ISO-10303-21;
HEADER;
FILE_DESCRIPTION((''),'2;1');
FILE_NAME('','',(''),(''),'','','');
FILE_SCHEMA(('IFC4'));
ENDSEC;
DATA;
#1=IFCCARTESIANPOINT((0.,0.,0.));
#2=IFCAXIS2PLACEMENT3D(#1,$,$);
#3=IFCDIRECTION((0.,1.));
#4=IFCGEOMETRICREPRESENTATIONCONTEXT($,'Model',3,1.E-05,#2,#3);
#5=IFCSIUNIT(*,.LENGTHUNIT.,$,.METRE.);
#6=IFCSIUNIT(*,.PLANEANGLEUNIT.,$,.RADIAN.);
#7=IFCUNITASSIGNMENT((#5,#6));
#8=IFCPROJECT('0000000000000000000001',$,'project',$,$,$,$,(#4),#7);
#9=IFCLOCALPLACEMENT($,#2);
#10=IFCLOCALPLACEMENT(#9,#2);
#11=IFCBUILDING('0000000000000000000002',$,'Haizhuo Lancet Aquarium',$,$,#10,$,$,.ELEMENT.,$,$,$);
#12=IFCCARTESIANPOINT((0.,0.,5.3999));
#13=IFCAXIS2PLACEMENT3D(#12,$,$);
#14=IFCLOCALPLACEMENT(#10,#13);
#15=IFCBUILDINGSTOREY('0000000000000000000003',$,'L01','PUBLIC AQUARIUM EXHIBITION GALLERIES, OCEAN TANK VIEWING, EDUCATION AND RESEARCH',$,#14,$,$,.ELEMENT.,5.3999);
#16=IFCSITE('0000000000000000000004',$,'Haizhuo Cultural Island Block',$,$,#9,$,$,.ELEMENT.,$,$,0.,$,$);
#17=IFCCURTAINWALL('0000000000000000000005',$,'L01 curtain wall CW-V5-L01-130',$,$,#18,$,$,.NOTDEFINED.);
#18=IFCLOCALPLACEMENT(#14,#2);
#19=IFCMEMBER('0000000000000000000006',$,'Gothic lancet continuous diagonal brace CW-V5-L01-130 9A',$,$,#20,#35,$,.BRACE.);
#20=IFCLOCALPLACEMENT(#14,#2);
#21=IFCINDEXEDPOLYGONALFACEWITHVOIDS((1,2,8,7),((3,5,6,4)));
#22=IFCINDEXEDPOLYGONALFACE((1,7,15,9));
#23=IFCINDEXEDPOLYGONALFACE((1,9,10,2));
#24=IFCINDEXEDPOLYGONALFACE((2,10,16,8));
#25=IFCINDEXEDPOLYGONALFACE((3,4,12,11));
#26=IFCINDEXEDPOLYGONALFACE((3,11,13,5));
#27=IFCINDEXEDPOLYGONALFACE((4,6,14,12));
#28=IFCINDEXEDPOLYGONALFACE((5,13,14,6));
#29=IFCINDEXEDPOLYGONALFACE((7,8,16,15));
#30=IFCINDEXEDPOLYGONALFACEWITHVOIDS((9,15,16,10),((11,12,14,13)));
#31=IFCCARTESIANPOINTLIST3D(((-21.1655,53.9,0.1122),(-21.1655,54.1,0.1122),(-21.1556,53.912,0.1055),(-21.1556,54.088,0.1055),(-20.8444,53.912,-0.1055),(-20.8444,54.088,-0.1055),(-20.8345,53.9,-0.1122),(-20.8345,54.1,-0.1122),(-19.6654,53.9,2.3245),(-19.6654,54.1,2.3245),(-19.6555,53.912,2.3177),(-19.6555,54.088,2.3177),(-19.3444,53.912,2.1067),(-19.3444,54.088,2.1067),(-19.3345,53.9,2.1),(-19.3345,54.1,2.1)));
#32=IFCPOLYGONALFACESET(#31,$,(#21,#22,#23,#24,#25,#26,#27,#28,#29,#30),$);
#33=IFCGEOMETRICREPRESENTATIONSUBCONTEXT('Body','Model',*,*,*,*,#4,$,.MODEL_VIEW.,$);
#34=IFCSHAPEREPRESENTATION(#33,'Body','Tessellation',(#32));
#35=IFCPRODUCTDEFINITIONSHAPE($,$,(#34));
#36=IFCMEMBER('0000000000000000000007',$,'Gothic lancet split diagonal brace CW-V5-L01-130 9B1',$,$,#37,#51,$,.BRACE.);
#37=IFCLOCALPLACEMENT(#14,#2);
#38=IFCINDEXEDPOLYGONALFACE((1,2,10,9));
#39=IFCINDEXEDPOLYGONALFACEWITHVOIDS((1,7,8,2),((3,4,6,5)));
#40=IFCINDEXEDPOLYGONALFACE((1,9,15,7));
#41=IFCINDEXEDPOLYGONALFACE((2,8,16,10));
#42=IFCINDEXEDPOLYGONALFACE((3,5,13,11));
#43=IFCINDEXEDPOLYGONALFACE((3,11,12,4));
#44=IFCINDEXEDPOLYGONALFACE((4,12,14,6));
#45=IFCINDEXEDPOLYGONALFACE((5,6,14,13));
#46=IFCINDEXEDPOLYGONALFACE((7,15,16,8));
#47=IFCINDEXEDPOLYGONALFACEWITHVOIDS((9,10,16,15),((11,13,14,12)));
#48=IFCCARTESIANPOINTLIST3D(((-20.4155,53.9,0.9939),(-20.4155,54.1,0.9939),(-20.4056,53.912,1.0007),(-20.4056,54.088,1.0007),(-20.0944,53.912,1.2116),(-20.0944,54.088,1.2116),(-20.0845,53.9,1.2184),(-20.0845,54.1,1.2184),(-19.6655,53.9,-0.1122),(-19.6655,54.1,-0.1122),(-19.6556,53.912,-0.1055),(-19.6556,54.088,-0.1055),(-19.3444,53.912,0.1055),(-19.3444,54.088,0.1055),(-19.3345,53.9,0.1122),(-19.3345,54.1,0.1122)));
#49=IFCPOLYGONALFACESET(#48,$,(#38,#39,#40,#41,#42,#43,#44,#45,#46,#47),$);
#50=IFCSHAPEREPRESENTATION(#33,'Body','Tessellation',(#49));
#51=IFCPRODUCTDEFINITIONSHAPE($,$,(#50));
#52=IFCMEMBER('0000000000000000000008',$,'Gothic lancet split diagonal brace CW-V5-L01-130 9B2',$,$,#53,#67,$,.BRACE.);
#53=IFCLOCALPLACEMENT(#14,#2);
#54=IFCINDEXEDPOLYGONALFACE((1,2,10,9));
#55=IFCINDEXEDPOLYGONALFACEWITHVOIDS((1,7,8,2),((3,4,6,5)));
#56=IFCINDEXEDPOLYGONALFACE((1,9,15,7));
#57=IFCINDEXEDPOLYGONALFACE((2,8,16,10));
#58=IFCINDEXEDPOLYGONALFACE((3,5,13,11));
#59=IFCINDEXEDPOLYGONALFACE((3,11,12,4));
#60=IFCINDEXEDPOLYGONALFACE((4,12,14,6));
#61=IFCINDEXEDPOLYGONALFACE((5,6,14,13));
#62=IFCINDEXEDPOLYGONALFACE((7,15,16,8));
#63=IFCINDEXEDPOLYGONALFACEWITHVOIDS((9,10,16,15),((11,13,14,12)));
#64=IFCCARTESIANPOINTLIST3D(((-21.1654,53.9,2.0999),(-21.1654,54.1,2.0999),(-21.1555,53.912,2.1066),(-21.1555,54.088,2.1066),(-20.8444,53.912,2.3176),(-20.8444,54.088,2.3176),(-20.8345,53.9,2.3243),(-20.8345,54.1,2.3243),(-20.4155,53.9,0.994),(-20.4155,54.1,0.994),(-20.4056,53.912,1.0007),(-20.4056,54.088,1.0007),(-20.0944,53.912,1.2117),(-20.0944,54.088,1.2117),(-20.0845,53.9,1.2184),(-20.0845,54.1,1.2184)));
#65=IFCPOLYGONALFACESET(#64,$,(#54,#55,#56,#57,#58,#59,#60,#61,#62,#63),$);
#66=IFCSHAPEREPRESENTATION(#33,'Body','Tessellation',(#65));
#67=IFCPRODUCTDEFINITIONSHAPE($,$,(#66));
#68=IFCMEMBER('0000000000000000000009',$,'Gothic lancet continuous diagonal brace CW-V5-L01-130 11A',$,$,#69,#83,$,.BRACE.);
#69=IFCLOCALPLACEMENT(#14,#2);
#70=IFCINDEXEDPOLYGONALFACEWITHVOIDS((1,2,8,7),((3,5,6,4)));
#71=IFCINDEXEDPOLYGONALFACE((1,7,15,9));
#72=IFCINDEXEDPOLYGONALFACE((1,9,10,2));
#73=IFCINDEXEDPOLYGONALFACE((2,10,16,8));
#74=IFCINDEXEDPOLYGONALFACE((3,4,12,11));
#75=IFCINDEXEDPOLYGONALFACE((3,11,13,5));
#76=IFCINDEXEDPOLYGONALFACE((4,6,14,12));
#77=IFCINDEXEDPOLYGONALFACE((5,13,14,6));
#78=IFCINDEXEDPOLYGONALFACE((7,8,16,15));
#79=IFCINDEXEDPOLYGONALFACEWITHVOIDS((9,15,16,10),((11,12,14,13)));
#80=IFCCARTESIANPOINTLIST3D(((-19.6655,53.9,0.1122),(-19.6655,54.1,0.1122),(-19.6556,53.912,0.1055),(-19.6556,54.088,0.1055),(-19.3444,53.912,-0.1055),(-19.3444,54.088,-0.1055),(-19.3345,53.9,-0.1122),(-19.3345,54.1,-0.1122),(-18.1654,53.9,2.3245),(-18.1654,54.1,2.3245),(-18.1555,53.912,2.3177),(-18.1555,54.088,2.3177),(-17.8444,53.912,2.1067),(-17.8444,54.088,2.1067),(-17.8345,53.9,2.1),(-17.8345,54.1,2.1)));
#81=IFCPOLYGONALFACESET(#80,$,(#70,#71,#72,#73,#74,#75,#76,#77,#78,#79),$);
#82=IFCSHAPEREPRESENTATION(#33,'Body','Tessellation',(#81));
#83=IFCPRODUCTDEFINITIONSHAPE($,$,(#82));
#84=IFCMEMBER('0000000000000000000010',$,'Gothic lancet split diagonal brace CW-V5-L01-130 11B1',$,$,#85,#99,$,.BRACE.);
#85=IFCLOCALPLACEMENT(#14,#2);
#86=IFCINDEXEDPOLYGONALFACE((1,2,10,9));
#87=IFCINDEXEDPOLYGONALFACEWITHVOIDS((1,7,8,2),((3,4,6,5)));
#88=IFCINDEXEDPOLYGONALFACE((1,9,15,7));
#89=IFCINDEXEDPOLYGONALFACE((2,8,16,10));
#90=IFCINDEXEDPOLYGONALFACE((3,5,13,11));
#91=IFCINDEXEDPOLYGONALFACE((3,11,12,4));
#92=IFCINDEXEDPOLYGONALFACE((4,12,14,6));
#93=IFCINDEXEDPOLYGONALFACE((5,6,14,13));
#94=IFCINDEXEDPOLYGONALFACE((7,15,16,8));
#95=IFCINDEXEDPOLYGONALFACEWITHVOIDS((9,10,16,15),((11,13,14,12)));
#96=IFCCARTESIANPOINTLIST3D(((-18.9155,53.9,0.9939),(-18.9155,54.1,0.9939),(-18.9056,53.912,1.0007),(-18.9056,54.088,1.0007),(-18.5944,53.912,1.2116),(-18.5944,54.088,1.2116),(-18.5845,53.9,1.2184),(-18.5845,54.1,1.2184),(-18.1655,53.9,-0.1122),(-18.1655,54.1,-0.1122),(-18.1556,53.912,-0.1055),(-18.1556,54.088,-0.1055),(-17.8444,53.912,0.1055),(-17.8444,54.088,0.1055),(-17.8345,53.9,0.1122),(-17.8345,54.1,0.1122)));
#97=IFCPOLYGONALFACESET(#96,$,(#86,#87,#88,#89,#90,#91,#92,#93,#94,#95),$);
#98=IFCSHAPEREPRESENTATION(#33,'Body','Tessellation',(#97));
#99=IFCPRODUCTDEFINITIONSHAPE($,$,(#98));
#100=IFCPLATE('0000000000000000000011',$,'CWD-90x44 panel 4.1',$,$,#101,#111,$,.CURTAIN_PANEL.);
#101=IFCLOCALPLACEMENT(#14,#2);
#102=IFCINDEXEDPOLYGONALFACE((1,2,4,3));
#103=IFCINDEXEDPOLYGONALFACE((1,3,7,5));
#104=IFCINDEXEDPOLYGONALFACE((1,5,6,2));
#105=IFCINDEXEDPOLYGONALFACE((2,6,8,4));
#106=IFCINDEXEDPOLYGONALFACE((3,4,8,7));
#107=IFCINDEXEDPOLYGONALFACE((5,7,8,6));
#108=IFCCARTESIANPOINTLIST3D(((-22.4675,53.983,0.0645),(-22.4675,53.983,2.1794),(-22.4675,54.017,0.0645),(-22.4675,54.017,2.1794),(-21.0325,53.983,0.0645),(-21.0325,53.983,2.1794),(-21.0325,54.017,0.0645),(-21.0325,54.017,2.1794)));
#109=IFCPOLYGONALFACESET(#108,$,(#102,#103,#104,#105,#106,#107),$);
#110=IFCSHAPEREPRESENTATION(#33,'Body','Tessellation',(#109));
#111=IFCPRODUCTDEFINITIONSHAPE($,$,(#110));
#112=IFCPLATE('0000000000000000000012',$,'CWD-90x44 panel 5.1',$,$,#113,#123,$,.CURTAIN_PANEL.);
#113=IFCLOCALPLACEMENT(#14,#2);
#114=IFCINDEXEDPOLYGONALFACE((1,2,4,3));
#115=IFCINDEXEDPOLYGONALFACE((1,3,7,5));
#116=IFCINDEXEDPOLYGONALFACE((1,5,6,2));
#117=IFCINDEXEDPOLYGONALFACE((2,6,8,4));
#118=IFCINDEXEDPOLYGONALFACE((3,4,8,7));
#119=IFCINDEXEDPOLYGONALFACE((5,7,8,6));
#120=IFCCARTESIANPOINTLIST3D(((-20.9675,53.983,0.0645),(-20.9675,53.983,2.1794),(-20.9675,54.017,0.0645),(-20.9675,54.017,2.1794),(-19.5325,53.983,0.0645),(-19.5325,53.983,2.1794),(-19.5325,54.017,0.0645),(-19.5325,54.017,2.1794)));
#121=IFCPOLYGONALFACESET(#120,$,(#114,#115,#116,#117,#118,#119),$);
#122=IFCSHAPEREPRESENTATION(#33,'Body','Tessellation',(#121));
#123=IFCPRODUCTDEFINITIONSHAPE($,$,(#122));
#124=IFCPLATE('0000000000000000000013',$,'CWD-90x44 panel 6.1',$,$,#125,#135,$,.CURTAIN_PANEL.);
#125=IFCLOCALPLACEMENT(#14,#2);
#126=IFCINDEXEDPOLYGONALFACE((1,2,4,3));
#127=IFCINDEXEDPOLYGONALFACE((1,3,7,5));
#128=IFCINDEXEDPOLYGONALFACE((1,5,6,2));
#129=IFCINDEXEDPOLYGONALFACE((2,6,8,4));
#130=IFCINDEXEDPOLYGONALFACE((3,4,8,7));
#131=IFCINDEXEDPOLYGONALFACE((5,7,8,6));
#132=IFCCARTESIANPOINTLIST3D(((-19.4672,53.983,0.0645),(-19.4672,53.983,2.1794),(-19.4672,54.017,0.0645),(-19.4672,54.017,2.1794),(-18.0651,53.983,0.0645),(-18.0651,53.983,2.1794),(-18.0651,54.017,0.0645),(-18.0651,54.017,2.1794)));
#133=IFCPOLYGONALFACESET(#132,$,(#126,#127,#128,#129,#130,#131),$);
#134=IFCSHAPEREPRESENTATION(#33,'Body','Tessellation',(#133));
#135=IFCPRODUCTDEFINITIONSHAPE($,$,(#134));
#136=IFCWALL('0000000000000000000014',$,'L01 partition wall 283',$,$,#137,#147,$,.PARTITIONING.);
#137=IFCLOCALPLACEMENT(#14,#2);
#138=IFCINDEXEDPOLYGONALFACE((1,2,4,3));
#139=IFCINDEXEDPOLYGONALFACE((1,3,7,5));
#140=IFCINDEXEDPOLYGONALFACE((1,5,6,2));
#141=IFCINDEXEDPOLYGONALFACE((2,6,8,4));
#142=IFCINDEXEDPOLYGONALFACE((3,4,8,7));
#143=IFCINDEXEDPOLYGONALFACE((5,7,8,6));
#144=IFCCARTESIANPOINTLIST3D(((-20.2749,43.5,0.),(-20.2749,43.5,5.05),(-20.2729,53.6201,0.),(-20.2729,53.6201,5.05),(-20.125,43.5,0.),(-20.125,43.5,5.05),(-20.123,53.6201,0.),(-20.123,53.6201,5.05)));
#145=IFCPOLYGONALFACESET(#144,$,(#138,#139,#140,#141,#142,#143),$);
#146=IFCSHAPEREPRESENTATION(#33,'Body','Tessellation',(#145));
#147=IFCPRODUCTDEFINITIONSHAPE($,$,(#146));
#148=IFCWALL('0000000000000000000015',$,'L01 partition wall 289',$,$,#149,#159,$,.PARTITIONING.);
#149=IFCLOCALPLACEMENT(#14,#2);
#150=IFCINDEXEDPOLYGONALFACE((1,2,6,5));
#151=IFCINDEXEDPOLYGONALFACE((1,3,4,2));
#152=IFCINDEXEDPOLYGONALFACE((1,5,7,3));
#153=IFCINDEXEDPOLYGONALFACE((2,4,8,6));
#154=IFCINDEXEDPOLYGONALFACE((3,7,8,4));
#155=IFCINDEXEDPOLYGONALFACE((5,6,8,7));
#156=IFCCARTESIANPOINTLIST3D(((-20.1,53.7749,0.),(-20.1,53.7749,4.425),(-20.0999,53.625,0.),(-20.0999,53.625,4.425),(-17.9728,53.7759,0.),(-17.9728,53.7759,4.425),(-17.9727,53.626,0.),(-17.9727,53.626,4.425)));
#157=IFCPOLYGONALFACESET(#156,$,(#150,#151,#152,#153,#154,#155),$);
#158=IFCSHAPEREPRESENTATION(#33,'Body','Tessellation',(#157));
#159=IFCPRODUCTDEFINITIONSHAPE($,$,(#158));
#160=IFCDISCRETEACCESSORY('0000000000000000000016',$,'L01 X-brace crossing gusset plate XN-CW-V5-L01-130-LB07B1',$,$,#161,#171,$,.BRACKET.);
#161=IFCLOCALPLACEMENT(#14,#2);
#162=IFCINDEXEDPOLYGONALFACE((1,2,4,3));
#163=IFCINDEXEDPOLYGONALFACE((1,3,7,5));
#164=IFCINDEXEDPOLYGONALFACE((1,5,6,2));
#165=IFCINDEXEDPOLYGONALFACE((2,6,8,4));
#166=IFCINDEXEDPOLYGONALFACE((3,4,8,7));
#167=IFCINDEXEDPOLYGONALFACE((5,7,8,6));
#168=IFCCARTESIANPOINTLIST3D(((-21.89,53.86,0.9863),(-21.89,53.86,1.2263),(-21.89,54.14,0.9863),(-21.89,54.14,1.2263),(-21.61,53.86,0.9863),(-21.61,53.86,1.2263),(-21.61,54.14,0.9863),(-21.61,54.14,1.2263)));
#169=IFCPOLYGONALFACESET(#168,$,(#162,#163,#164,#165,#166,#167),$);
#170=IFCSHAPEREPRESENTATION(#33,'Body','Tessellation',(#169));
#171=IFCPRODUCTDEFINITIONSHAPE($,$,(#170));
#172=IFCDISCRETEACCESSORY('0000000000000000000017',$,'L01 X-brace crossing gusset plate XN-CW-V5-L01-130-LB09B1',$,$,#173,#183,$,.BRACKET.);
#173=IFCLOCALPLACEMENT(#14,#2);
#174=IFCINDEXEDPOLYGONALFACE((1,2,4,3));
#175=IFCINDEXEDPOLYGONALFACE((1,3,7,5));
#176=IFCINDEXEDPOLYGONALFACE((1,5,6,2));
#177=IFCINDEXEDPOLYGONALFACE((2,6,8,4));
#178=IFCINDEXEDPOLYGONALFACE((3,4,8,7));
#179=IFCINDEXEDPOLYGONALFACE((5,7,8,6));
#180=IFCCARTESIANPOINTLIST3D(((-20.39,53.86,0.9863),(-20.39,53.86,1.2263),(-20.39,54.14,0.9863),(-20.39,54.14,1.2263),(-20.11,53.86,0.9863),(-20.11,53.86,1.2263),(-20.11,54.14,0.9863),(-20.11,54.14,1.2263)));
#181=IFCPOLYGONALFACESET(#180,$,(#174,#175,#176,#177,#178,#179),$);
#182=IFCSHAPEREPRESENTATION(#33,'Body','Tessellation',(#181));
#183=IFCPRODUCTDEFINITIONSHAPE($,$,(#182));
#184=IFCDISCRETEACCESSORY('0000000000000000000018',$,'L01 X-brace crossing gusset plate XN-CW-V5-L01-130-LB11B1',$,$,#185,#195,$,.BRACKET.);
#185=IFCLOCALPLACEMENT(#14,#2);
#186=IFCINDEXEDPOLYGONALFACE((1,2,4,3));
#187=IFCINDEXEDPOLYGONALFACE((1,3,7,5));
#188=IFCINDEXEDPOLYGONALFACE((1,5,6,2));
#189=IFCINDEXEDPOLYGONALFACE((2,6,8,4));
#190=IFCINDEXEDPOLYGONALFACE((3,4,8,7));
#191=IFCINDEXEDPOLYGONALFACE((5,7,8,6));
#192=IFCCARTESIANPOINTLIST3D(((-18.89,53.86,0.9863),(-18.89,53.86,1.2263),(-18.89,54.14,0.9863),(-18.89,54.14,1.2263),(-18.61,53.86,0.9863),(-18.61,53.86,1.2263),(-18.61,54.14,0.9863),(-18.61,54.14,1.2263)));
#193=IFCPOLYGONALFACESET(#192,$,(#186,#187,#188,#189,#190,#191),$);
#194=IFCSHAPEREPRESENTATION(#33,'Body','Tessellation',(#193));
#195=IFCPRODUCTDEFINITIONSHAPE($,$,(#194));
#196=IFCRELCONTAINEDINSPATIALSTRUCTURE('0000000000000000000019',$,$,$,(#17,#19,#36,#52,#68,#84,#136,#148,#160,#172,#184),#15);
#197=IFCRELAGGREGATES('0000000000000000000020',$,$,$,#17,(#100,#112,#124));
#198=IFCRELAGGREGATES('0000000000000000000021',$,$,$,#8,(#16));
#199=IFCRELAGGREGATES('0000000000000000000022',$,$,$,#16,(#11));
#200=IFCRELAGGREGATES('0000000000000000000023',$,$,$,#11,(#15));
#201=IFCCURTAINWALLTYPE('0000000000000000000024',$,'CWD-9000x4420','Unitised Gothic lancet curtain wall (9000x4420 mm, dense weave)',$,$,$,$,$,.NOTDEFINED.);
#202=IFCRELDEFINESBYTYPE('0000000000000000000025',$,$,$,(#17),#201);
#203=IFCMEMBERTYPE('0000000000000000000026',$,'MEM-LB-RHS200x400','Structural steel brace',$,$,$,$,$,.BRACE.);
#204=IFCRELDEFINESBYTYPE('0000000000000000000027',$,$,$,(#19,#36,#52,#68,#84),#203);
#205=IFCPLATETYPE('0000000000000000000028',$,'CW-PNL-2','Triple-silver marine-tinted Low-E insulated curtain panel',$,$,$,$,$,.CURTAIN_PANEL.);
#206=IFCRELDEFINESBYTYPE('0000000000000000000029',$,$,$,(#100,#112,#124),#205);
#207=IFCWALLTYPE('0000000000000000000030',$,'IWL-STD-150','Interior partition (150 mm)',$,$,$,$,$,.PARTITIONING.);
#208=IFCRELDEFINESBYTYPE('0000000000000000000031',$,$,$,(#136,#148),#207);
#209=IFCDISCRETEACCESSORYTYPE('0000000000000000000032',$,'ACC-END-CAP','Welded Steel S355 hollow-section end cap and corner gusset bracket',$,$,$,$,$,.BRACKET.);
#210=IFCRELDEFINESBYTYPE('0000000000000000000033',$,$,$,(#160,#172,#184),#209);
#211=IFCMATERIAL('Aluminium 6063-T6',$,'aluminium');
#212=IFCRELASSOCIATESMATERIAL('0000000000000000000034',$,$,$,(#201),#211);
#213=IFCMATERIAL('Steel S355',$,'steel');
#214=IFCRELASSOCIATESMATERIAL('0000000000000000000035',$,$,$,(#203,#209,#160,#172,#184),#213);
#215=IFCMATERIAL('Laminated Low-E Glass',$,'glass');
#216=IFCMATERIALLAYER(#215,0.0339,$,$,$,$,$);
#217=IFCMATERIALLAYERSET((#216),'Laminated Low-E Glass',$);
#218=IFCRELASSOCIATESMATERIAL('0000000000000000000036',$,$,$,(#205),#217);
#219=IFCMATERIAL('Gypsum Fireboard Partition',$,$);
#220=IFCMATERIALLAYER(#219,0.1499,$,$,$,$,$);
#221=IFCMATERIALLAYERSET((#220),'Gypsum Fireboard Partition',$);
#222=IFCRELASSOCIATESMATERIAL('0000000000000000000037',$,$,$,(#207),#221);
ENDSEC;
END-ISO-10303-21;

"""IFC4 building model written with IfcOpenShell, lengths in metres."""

from ifc_helpers import new_model, si_unit, direction, frame, frame_2d, origin, origin_2d, place, context, subcontext, project, spatial, rectangle, hollow_rectangle, extrude, material, layer, layer_set, material_profile, profile_set, type_object, element, aggregate, save


model = new_model("IFC4")

# Units and contexts
model_context = context("Model", 3, precision=1e-05, world=origin(), true_north=direction((0.0, 1.0)))
body_context = subcontext(model_context, "Body", "Model", "MODEL_VIEW")
ifc_project = project(units=[si_unit("LENGTHUNIT", "METRE"), si_unit("PLANEANGLEUNIT", "RADIAN")], contexts=[model_context])

# Site, building, storey
site_placement = place(None, origin())
site = spatial("IfcSite", under=ifc_project, at=site_placement, Name="Haizhuo Cultural Island Block", CompositionType="ELEMENT", RefElevation=0.0)
building_placement = place(site_placement, origin())
building = spatial("IfcBuilding", under=site, at=building_placement, Name="Haizhuo Lancet Aquarium", CompositionType="ELEMENT")
storey_placement = place(building_placement, frame((0.0, 0.0, 5.3999)))
storey = spatial("IfcBuildingStorey", under=building, at=storey_placement, Name="L01", Description="PUBLIC AQUARIUM EXHIBITION GALLERIES, OCEAN TANK VIEWING, EDUCATION AND RESEARCH", CompositionType="ELEMENT", Elevation=5.3999)

# Curtain wall
ifc_material_1 = material(Name="Aluminium 6063-T6", Category="aluminium")
curtain_wall_type = type_object("IfcCurtainWallType", Name="CWD-9000x4420", Description="Unitised Gothic lancet curtain wall (9000x4420 mm, dense weave)", PredefinedType="NOTDEFINED", material=ifc_material_1)
curtain_wall_placement = place(storey_placement, origin())
curtain_wall = element("IfcCurtainWall", 1, at=curtain_wall_placement, inside=storey, type_object=curtain_wall_type, Name="L01 curtain wall CW-V5-L01-130", PredefinedType="NOTDEFINED")

# Members
ifc_material_2 = material(Name="Steel S355", Category="steel")
ifc_material_profile_1 = material_profile(ifc_material_2, hollow_rectangle(XDim=0.2, YDim=0.3999, WallThickness=0.012, at=origin_2d()), Name="RHS 200x400x12")
ifc_profile_set_1 = profile_set([ifc_material_profile_1], Name="Steel S355")
member_type_1 = type_object("IfcMemberType", Name="MEM-LB-RHS200x400", Description="Structural steel brace", PredefinedType="BRACE", material=ifc_profile_set_1)
member_1_placement = place(storey_placement, frame((-21.0, 54.0, 0.0), z_axis=(0.561218, 0.0, 0.827668), x_axis=(0.0, 1.0, 0.0)))
element("IfcMember", 2, at=member_1_placement, inside=storey, type_object=member_type_1, Name="Gothic lancet continuous diagonal brace CW-V5-L01-130 9A", PredefinedType="BRACE", context=body_context, shape_type="SweptSolid", body=[
    extrude(hollow_rectangle(XDim=0.2, YDim=0.3999, WallThickness=0.012, at=origin_2d()), origin(), (0.0, 0.0, 1.0), 2.6729),
])
member_2_placement = place(storey_placement, frame((-19.5, 54.0, 0.0), z_axis=(-0.561175, 0.0, 0.827697), x_axis=(0.0, -1.0, 0.0)))
element("IfcMember", 3, at=member_2_placement, inside=storey, type_object=member_type_1, Name="Gothic lancet split diagonal brace CW-V5-L01-130 9B1", PredefinedType="BRACE", context=body_context, shape_type="SweptSolid", body=[
    extrude(hollow_rectangle(XDim=0.2, YDim=0.3999, WallThickness=0.012, at=origin_2d()), origin(), (0.0, 0.0, 1.0), 1.3364),
])
member_3_placement = place(storey_placement, frame((-20.25, 54.0, 1.1062), z_axis=(-0.56126, 0.0, 0.827639), x_axis=(0.0, -1.0, 0.0)))
element("IfcMember", 4, at=member_3_placement, inside=storey, type_object=member_type_1, Name="Gothic lancet split diagonal brace CW-V5-L01-130 9B2", PredefinedType="BRACE", context=body_context, shape_type="SweptSolid", body=[
    extrude(hollow_rectangle(XDim=0.2, YDim=0.3999, WallThickness=0.012, at=origin_2d()), origin(), (0.0, 0.0, 1.0), 1.3362),
])
member_4_placement = place(storey_placement, frame((-19.5, 54.0, 0.0), z_axis=(0.561218, 0.0, 0.827668), x_axis=(0.0, 1.0, 0.0)))
element("IfcMember", 5, at=member_4_placement, inside=storey, type_object=member_type_1, Name="Gothic lancet continuous diagonal brace CW-V5-L01-130 11A", PredefinedType="BRACE", context=body_context, shape_type="SweptSolid", body=[
    extrude(hollow_rectangle(XDim=0.2, YDim=0.3999, WallThickness=0.012, at=origin_2d()), origin(), (0.0, 0.0, 1.0), 2.6729),
])
member_5_placement = place(storey_placement, frame((-18.0, 54.0, 0.0), z_axis=(-0.561175, 0.0, 0.827697), x_axis=(0.0, -1.0, 0.0)))
element("IfcMember", 6, at=member_5_placement, inside=storey, type_object=member_type_1, Name="Gothic lancet split diagonal brace CW-V5-L01-130 11B1", PredefinedType="BRACE", context=body_context, shape_type="SweptSolid", body=[
    extrude(hollow_rectangle(XDim=0.2, YDim=0.3999, WallThickness=0.012, at=origin_2d()), origin(), (0.0, 0.0, 1.0), 1.3364),
])

# Plates
ifc_material_3 = material(Name="Laminated Low-E Glass", Category="glass")
ifc_layer_1 = layer(ifc_material_3, 0.0339)
ifc_layer_set_1 = layer_set([ifc_layer_1], Name="Laminated Low-E Glass")
plate_type = type_object("IfcPlateType", Name="CW-PNL-2", Description="Triple-silver marine-tinted Low-E insulated curtain panel", PredefinedType="CURTAIN_PANEL", material=ifc_layer_set_1)
plate_1_placement = place(storey_placement, frame((-21.75, 54.0, 0.0645), z_axis=(0.0, 0.0, 1.0), x_axis=(1.0, 0.0, 0.0)))
plate_1 = element("IfcPlate", 7, at=plate_1_placement, type_object=plate_type, Name="CWD-90x44 panel 4.1", PredefinedType="CURTAIN_PANEL", context=body_context, shape_type="SweptSolid", body=[
    extrude(rectangle(XDim=1.4351, YDim=0.0339, at=origin_2d()), origin(), (0.0, 0.0, 1.0), 2.115),
])
plate_2_placement = place(storey_placement, frame((-20.25, 54.0, 0.0645), z_axis=(0.0, 0.0, 1.0), x_axis=(1.0, 0.0, 0.0)))
plate_2 = element("IfcPlate", 8, at=plate_2_placement, type_object=plate_type, Name="CWD-90x44 panel 5.1", PredefinedType="CURTAIN_PANEL", context=body_context, shape_type="SweptSolid", body=[
    extrude(rectangle(XDim=1.4351, YDim=0.0339, at=origin_2d()), origin(), (0.0, 0.0, 1.0), 2.115),
])
plate_3_placement = place(storey_placement, frame((-18.7661, 54.0, 0.0645), z_axis=(0.0, 0.0, 1.0), x_axis=(1.0, 0.0, 0.0)))
plate_3 = element("IfcPlate", 9, at=plate_3_placement, type_object=plate_type, Name="CWD-90x44 panel 6.1", PredefinedType="CURTAIN_PANEL", context=body_context, shape_type="SweptSolid", body=[
    extrude(rectangle(XDim=1.4021, YDim=0.0339, at=origin_2d()), origin(), (0.0, 0.0, 1.0), 2.115),
])
aggregate(curtain_wall, [plate_1, plate_2, plate_3])

# Walls
ifc_material_4 = material(Name="Gypsum Fireboard Partition")
ifc_layer_2 = layer(ifc_material_4, 0.1499)
ifc_layer_set_2 = layer_set([ifc_layer_2], Name="Gypsum Fireboard Partition")
wall_type = type_object("IfcWallType", Name="IWL-STD-150", Description="Interior partition (150 mm)", PredefinedType="PARTITIONING", material=ifc_layer_set_2)
wall_1_placement = place(storey_placement, frame((-20.198, 53.6201, 0.0), z_axis=(0.0, 0.0, 1.0), x_axis=(-0.000193, -1.0, 0.0)))
element("IfcWall", 10, at=wall_1_placement, inside=storey, type_object=wall_type, Name="L01 partition wall 283", PredefinedType="PARTITIONING", context=body_context, shape_type="SweptSolid", body=[
    extrude(rectangle(XDim=10.1201, YDim=0.1499, at=frame_2d((5.0601, 0.0))), origin(), (0.0, 0.0, 1.0), 5.05),
])
wall_2_placement = place(storey_placement, frame((-17.9729, 53.7009, 0.0), z_axis=(0.0, 0.0, 1.0), x_axis=(-1.0, -0.000459, 0.0)))
element("IfcWall", 11, at=wall_2_placement, inside=storey, type_object=wall_type, Name="L01 partition wall 289", PredefinedType="PARTITIONING", context=body_context, shape_type="SweptSolid", body=[
    extrude(rectangle(XDim=2.1272, YDim=0.1499, at=frame_2d((1.0635, 0.0))), origin(), (0.0, 0.0, 1.0), 4.425),
])

# Discrete accessories
discrete_accessory_type = type_object("IfcDiscreteAccessoryType", Name="ACC-END-CAP", Description="Welded Steel S355 hollow-section end cap and corner gusset bracket", PredefinedType="BRACKET", material=ifc_material_2)
for number, where, z_axis, x_axis, name in (
    (12, (-21.75, 54.0, 0.9863), (0.0, 0.0, 1.0), (1.0, 0.0, 0.0), "L01 X-brace crossing gusset plate XN-CW-V5-L01-130-LB07B1"),
    (13, (-20.25, 54.0, 0.9863), (0.0, 0.0, 1.0), (1.0, 0.0, 0.0), "L01 X-brace crossing gusset plate XN-CW-V5-L01-130-LB09B1"),
    (14, (-18.75, 54.0, 0.9863), (0.0, 0.0, 1.0), (1.0, 0.0, 0.0), "L01 X-brace crossing gusset plate XN-CW-V5-L01-130-LB11B1"),
):
    element("IfcDiscreteAccessory", number, at=place(storey_placement, frame(where, z_axis=z_axis, x_axis=x_axis)), inside=storey, type_object=discrete_accessory_type, material=ifc_material_2, Name=name, PredefinedType="BRACKET", context=body_context, shape_type="SweptSolid", body=[
        extrude(rectangle(XDim=0.28, YDim=0.28, at=origin_2d()), origin(), (0.0, 0.0, 1.0), 0.24),
    ])

save(model, "model.ifc")
